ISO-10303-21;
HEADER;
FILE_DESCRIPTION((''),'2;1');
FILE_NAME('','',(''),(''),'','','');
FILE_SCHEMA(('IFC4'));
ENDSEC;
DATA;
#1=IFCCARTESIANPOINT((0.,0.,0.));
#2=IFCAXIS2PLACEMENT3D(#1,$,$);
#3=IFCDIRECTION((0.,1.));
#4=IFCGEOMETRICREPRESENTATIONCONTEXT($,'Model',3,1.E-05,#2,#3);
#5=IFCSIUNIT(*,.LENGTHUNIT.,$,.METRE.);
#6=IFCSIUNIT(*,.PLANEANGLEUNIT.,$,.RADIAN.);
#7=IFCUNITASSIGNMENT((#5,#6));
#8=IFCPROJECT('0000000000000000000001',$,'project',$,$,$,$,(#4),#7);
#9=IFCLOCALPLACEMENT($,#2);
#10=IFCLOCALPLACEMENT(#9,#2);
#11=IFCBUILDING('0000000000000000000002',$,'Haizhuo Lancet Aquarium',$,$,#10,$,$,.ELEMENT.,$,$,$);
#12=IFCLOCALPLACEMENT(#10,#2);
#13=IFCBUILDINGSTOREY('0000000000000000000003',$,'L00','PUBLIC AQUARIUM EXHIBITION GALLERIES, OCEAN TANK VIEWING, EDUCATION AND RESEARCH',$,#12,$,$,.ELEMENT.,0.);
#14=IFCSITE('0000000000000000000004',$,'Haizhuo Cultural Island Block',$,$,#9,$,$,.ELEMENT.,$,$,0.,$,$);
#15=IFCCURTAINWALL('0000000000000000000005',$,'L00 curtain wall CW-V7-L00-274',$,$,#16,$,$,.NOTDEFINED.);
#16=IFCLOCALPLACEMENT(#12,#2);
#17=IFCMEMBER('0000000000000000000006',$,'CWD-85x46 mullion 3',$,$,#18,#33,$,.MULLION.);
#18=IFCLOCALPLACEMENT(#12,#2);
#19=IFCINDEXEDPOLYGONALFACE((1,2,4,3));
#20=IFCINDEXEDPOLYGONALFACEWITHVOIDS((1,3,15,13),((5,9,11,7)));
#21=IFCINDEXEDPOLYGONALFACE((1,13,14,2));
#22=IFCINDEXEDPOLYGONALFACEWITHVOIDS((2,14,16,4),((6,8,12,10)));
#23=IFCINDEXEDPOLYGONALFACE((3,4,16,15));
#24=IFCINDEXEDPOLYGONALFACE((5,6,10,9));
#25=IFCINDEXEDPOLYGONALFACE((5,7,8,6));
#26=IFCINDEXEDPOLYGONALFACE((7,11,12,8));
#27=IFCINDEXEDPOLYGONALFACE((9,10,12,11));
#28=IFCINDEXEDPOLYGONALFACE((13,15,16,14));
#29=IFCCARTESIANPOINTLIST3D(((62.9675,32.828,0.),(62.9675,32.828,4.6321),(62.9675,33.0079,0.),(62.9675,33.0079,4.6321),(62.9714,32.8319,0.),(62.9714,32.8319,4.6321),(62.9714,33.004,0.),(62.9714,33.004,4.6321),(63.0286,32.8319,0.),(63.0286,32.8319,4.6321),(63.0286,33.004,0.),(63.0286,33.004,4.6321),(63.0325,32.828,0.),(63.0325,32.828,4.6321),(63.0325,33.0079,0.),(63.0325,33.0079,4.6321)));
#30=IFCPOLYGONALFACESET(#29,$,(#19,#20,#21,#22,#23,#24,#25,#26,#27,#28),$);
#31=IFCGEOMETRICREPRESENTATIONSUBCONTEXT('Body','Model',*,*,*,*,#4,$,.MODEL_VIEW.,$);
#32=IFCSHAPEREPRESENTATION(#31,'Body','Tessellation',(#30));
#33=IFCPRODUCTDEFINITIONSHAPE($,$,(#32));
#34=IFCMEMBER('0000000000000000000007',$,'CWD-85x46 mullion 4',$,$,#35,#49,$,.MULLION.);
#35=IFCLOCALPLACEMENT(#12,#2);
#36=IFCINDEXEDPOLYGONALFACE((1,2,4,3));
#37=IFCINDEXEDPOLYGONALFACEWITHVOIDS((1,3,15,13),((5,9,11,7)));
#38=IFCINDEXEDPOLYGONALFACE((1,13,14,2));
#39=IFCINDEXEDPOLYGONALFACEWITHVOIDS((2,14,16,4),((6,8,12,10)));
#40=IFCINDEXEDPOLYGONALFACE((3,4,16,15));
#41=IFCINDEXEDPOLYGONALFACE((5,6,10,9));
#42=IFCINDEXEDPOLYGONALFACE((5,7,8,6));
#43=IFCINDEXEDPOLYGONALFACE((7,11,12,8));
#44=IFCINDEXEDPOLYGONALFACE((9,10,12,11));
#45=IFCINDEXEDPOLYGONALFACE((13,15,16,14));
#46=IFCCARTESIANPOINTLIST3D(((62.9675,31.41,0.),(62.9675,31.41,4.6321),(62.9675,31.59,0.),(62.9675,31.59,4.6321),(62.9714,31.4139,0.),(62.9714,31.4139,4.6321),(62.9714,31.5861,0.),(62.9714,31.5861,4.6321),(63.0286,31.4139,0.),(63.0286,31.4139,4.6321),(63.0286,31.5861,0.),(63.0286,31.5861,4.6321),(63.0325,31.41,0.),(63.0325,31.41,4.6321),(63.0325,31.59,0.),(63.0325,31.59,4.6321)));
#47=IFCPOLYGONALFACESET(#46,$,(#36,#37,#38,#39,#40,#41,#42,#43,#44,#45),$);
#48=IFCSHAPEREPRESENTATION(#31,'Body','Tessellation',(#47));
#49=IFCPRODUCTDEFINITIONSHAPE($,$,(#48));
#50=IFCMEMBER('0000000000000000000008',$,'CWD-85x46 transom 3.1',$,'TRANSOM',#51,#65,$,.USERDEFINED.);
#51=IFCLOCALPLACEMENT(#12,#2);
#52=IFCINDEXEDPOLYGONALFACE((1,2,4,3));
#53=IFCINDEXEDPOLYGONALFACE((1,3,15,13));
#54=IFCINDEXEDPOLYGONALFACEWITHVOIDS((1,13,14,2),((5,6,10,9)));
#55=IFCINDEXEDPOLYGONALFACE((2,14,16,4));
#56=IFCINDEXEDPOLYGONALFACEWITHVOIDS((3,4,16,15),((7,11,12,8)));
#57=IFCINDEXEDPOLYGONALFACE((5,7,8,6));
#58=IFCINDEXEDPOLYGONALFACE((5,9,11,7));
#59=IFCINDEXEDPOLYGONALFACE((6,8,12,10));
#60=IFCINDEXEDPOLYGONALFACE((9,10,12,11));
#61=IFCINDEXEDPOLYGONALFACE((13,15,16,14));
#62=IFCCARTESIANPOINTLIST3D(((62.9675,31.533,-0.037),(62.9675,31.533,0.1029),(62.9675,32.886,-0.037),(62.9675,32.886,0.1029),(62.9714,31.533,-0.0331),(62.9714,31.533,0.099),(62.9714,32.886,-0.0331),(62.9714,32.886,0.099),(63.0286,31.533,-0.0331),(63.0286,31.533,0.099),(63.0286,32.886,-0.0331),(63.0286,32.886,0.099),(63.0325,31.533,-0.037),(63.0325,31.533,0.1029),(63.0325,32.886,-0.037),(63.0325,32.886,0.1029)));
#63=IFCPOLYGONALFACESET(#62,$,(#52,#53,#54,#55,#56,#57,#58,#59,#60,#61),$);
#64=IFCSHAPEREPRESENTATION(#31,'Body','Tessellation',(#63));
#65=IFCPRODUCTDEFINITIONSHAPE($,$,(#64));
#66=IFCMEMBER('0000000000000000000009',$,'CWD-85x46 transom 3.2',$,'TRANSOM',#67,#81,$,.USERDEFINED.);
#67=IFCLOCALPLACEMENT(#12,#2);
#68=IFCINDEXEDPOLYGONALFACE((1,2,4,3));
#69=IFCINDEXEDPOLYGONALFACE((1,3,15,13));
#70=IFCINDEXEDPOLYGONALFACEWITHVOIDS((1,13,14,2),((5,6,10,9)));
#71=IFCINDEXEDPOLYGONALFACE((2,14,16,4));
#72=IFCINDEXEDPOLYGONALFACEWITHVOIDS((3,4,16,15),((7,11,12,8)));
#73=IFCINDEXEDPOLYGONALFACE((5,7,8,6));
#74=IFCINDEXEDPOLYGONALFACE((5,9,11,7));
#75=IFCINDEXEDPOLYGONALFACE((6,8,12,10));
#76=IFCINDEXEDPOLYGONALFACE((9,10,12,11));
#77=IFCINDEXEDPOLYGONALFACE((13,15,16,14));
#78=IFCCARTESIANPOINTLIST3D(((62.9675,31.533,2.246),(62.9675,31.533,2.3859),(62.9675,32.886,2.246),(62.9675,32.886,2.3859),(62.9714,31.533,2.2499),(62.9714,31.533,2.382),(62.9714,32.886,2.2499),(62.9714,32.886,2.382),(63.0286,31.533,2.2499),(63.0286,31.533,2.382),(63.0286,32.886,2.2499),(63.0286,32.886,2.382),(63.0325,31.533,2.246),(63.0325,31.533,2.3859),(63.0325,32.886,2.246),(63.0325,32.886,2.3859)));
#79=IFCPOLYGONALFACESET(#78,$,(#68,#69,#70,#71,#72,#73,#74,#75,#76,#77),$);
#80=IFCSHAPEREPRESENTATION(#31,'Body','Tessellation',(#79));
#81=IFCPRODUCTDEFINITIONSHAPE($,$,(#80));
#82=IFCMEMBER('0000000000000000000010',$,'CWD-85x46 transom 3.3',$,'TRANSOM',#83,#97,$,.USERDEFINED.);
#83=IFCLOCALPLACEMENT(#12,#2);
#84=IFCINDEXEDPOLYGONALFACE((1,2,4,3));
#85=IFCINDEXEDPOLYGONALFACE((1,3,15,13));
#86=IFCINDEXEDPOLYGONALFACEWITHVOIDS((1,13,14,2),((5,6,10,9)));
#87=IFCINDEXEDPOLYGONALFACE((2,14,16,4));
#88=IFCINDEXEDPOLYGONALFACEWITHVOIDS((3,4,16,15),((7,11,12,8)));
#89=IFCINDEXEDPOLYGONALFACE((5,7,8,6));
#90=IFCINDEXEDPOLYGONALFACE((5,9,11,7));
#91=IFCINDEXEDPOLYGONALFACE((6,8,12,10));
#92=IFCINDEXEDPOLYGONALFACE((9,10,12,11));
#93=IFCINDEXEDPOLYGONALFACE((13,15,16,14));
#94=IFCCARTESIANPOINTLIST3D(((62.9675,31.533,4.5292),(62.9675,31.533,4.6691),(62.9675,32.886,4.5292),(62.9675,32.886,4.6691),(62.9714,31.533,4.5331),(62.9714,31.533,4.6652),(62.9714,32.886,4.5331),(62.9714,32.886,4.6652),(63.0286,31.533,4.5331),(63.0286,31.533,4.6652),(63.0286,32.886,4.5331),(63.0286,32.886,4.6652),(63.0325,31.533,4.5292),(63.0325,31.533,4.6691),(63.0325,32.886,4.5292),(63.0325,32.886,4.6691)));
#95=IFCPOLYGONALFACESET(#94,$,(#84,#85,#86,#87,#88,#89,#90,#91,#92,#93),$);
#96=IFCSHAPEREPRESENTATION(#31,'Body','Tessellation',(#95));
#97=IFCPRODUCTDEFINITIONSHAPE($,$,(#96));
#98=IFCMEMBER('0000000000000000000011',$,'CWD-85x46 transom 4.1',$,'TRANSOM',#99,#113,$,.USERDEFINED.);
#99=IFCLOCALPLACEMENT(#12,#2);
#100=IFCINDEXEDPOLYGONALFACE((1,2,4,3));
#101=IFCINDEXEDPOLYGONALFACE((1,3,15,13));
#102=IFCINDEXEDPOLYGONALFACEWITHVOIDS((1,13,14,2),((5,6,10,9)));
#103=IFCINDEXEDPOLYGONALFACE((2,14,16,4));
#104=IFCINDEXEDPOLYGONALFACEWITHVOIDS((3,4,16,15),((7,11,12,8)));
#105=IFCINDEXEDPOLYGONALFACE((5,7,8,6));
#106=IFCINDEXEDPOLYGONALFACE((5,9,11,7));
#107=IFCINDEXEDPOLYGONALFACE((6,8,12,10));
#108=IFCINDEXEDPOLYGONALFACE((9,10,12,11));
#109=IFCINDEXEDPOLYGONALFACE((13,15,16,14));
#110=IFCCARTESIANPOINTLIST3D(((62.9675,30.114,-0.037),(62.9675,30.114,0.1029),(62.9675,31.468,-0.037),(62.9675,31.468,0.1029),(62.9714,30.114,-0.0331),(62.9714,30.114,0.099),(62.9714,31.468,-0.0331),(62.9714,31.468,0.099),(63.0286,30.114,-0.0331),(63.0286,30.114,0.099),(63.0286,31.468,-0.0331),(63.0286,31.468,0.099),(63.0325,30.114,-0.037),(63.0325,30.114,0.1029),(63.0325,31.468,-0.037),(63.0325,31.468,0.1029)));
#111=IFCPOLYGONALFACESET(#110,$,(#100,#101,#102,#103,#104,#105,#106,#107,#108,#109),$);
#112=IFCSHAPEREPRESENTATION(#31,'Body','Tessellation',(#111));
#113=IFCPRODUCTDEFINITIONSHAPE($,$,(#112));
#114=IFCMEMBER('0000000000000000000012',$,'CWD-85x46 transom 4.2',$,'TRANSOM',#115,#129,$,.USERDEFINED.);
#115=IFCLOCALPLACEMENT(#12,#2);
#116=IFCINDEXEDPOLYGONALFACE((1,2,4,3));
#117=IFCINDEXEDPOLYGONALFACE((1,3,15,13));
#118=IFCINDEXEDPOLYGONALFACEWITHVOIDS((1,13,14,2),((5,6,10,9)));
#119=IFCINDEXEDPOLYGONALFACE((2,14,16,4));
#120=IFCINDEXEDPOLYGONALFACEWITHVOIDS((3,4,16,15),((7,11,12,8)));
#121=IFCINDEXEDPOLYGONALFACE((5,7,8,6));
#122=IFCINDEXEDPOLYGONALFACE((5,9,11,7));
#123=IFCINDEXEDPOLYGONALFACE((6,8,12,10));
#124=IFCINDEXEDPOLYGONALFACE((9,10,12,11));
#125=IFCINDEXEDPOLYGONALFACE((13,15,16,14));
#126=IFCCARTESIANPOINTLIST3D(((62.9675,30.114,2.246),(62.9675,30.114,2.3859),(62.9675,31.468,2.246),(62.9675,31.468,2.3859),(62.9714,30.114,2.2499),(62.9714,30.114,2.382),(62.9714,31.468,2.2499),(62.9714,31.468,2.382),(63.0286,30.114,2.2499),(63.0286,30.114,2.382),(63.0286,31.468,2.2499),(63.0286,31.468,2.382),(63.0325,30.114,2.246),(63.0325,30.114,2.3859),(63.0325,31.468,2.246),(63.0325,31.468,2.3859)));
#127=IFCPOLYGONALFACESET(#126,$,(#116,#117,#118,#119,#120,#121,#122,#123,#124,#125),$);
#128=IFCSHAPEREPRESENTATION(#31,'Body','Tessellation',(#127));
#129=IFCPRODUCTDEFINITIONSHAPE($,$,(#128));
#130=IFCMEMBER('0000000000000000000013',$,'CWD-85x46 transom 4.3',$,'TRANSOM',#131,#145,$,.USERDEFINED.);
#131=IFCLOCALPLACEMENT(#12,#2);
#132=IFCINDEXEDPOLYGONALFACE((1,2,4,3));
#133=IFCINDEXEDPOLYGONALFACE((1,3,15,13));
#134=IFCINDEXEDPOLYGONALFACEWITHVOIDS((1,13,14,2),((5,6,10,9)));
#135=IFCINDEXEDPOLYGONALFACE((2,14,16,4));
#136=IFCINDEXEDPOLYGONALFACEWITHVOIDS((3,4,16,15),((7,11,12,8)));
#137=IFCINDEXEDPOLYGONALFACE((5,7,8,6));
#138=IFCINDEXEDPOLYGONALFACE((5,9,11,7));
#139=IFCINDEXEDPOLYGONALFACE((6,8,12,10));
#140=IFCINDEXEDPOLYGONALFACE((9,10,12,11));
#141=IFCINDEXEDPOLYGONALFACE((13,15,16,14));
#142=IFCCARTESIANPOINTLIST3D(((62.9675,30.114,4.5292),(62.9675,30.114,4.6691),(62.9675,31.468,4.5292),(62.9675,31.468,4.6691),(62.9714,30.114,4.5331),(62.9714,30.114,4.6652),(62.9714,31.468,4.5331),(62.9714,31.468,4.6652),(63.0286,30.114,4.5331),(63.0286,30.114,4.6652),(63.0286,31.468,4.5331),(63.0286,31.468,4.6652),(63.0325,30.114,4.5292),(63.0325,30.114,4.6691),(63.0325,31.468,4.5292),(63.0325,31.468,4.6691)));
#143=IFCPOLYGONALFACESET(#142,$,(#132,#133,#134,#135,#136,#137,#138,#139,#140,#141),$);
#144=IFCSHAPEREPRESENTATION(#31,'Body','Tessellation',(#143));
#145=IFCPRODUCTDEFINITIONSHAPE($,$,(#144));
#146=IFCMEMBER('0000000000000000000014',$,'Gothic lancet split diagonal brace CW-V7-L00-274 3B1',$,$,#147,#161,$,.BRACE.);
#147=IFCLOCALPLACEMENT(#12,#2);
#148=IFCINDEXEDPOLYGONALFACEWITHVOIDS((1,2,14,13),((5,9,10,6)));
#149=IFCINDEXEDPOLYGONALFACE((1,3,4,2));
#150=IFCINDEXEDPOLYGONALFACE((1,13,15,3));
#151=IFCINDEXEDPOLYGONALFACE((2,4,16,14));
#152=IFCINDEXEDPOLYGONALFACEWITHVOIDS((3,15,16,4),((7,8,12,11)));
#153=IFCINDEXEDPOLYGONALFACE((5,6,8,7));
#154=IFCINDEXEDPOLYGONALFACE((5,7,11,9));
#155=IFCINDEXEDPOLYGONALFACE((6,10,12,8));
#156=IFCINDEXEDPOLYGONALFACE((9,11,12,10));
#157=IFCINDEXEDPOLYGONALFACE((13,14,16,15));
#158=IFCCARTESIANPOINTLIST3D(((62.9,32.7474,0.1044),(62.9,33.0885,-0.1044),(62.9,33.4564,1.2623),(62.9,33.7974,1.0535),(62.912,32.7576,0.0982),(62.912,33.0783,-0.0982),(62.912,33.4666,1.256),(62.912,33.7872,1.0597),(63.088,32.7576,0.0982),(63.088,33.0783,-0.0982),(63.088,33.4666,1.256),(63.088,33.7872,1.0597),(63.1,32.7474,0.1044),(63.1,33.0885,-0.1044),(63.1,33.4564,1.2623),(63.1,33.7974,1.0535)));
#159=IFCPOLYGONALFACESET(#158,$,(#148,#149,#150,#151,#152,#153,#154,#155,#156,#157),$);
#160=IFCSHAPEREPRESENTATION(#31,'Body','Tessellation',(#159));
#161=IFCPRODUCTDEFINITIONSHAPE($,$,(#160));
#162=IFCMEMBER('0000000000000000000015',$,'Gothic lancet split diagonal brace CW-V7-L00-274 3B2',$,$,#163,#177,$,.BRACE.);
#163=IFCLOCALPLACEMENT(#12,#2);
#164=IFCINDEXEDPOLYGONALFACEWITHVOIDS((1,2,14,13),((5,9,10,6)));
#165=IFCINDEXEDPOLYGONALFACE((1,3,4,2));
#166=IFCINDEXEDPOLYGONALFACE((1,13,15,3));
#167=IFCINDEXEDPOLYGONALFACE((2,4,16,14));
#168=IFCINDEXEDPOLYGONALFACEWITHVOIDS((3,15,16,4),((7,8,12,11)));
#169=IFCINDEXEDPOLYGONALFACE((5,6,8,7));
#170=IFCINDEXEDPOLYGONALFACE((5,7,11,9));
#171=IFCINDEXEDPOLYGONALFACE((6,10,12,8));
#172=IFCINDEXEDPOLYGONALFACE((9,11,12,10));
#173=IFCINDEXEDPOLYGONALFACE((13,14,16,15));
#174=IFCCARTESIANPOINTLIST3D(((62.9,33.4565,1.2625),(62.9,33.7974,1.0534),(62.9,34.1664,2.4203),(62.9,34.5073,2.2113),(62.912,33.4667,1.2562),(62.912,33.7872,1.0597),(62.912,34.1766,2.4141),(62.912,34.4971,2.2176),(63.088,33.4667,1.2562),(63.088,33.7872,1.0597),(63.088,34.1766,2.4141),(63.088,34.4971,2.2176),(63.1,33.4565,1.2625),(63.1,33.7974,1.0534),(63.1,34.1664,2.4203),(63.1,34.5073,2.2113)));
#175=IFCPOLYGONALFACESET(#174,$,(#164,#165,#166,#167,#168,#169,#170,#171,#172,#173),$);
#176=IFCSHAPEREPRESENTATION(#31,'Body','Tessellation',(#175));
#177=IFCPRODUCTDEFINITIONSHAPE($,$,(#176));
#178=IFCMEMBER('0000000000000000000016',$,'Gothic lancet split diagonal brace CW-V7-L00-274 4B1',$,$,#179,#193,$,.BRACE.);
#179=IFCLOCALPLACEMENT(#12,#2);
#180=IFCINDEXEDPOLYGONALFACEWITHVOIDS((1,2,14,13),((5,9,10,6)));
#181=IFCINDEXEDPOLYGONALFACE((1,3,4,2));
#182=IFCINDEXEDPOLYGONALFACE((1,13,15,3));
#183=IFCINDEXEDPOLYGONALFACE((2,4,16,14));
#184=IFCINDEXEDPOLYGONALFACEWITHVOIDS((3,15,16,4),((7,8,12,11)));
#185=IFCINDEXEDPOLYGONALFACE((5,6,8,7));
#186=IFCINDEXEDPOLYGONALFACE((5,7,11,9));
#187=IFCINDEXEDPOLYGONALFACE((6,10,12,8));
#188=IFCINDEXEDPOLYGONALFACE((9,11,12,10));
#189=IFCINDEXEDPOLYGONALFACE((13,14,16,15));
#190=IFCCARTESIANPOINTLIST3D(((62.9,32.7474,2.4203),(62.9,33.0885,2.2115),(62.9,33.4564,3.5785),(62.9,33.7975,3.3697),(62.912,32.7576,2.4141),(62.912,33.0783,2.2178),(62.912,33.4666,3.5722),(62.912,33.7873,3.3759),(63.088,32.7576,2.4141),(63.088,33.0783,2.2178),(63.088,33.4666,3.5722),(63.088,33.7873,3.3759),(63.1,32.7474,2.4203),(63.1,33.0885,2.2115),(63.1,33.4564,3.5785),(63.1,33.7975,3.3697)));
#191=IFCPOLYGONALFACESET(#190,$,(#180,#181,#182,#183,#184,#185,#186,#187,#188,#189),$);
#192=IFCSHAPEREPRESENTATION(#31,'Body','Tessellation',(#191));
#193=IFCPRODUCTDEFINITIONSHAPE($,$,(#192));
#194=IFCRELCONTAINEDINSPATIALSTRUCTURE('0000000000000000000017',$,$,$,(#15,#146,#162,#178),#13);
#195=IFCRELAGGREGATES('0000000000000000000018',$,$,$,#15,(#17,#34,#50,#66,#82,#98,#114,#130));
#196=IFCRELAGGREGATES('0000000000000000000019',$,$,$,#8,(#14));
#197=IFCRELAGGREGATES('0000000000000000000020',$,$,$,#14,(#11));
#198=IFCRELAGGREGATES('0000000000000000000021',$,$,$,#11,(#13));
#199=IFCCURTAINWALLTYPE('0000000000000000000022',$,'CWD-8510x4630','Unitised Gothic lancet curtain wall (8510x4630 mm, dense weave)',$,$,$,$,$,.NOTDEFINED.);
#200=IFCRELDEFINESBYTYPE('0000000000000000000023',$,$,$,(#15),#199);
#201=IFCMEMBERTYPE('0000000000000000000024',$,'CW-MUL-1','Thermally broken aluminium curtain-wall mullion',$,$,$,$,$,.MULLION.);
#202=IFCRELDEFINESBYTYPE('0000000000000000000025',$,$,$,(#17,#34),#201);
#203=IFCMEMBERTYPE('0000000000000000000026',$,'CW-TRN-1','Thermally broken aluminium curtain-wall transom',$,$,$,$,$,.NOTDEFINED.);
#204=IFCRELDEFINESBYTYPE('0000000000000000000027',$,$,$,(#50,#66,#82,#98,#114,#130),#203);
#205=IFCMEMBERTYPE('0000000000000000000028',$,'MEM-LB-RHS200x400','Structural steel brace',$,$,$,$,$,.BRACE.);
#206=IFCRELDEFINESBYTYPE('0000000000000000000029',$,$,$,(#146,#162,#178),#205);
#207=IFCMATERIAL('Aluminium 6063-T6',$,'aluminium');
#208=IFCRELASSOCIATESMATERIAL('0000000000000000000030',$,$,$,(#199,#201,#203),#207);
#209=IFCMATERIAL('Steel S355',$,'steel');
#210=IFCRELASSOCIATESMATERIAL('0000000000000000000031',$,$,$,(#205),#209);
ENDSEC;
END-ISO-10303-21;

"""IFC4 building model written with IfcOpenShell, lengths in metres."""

from ifc_helpers import new_model, si_unit, direction, frame, origin, origin_2d, place, context, subcontext, project, spatial, hollow_rectangle, extrude, material, material_profile, profile_set, type_object, element, aggregate, save


model = new_model("IFC4")

# Units and contexts
model_context = context("Model", 3, precision=1e-05, world=origin(), true_north=direction((0.0, 1.0)))
body_context = subcontext(model_context, "Body", "Model", "MODEL_VIEW")
ifc_project = project(units=[si_unit("LENGTHUNIT", "METRE"), si_unit("PLANEANGLEUNIT", "RADIAN")], contexts=[model_context])

# Site, building, storey
site_placement = place(None, origin())
site = spatial("IfcSite", under=ifc_project, at=site_placement, Name="Haizhuo Cultural Island Block", CompositionType="ELEMENT", RefElevation=0.0)
building_placement = place(site_placement, origin())
building = spatial("IfcBuilding", under=site, at=building_placement, Name="Haizhuo Lancet Aquarium", CompositionType="ELEMENT")
storey_placement = place(building_placement, origin())
storey = spatial("IfcBuildingStorey", under=building, at=storey_placement, Name="L00", Description="PUBLIC AQUARIUM EXHIBITION GALLERIES, OCEAN TANK VIEWING, EDUCATION AND RESEARCH", CompositionType="ELEMENT", Elevation=0.0)

# Curtain wall, members
ifc_material_1 = material(Name="Aluminium 6063-T6", Category="aluminium")
curtain_wall_type = type_object("IfcCurtainWallType", Name="CWD-8510x4630", Description="Unitised Gothic lancet curtain wall (8510x4630 mm, dense weave)", PredefinedType="NOTDEFINED", material=ifc_material_1)
curtain_wall_placement = place(storey_placement, origin())
curtain_wall = element("IfcCurtainWall", 1, at=curtain_wall_placement, inside=storey, type_object=curtain_wall_type, Name="L00 curtain wall CW-V7-L00-274", PredefinedType="NOTDEFINED")
ifc_material_profile_1 = material_profile(ifc_material_1, hollow_rectangle(XDim=0.0649, YDim=0.1799, WallThickness=0.0039, at=origin_2d()), Name="ALU-M 65x180x4")
ifc_profile_set_1 = profile_set([ifc_material_profile_1], Name="Aluminium 6063-T6")
member_type_1 = type_object("IfcMemberType", Name="CW-MUL-1", Description="Thermally broken aluminium curtain-wall mullion", PredefinedType="MULLION", material=ifc_profile_set_1)
member_1_placement = place(storey_placement, frame((63.0, 32.918, 0.0), z_axis=(0.0, 0.0, 1.0), x_axis=(1.0, 0.0, 0.0)))
member_1 = element("IfcMember", 2, at=member_1_placement, type_object=member_type_1, Name="CWD-85x46 mullion 3", PredefinedType="MULLION", context=body_context, shape_type="SweptSolid", body=[
    extrude(hollow_rectangle(XDim=0.0649, YDim=0.1799, WallThickness=0.0039, at=origin_2d()), origin(), (0.0, 0.0, 1.0), 4.6321),
])
member_2_placement = place(storey_placement, frame((63.0, 31.5, 0.0), z_axis=(0.0, 0.0, 1.0), x_axis=(1.0, 0.0, 0.0)))
member_2 = element("IfcMember", 3, at=member_2_placement, type_object=member_type_1, Name="CWD-85x46 mullion 4", PredefinedType="MULLION", context=body_context, shape_type="SweptSolid", body=[
    extrude(hollow_rectangle(XDim=0.0649, YDim=0.1799, WallThickness=0.0039, at=origin_2d()), origin(), (0.0, 0.0, 1.0), 4.6321),
])
ifc_material_profile_2 = material_profile(ifc_material_1, hollow_rectangle(XDim=0.0649, YDim=0.1399, WallThickness=0.0039, at=origin_2d()), Name="ALU-T 65x140x4")
ifc_profile_set_2 = profile_set([ifc_material_profile_2], Name="Aluminium 6063-T6")
member_type_2 = type_object("IfcMemberType", Name="CW-TRN-1", Description="Thermally broken aluminium curtain-wall transom", PredefinedType="NOTDEFINED", material=ifc_profile_set_2)
member_3_placement = place(storey_placement, frame((63.0, 32.886, 0.033), z_axis=(0.0, -1.0, 0.0), x_axis=(1.0, 0.0, 0.0)))
member_3 = element("IfcMember", 4, at=member_3_placement, type_object=member_type_2, Name="CWD-85x46 transom 3.1", ObjectType="TRANSOM", PredefinedType="USERDEFINED", context=body_context, shape_type="SweptSolid", body=[
    extrude(hollow_rectangle(XDim=0.0649, YDim=0.1399, WallThickness=0.0039, at=origin_2d()), origin(), (0.0, 0.0, 1.0), 1.353),
])
member_4_placement = place(storey_placement, frame((63.0, 32.886, 2.3159), z_axis=(0.0, -1.0, 0.0), x_axis=(1.0, 0.0, 0.0)))
member_4 = element("IfcMember", 5, at=member_4_placement, type_object=member_type_2, Name="CWD-85x46 transom 3.2", ObjectType="TRANSOM", PredefinedType="USERDEFINED", context=body_context, shape_type="SweptSolid", body=[
    extrude(hollow_rectangle(XDim=0.0649, YDim=0.1399, WallThickness=0.0039, at=origin_2d()), origin(), (0.0, 0.0, 1.0), 1.353),
])
member_5_placement = place(storey_placement, frame((63.0, 32.886, 4.5991), z_axis=(0.0, -1.0, 0.0), x_axis=(1.0, 0.0, 0.0)))
member_5 = element("IfcMember", 6, at=member_5_placement, type_object=member_type_2, Name="CWD-85x46 transom 3.3", ObjectType="TRANSOM", PredefinedType="USERDEFINED", context=body_context, shape_type="SweptSolid", body=[
    extrude(hollow_rectangle(XDim=0.0649, YDim=0.1399, WallThickness=0.0039, at=origin_2d()), origin(), (0.0, 0.0, 1.0), 1.353),
])
member_6_placement = place(storey_placement, frame((63.0, 31.468, 0.033), z_axis=(0.0, -1.0, 0.0), x_axis=(1.0, 0.0, 0.0)))
member_6 = element("IfcMember", 7, at=member_6_placement, type_object=member_type_2, Name="CWD-85x46 transom 4.1", ObjectType="TRANSOM", PredefinedType="USERDEFINED", context=body_context, shape_type="SweptSolid", body=[
    extrude(hollow_rectangle(XDim=0.0649, YDim=0.1399, WallThickness=0.0039, at=origin_2d()), origin(), (0.0, 0.0, 1.0), 1.354),
])
member_7_placement = place(storey_placement, frame((63.0, 31.468, 2.3159), z_axis=(0.0, -1.0, 0.0), x_axis=(1.0, 0.0, 0.0)))
member_7 = element("IfcMember", 8, at=member_7_placement, type_object=member_type_2, Name="CWD-85x46 transom 4.2", ObjectType="TRANSOM", PredefinedType="USERDEFINED", context=body_context, shape_type="SweptSolid", body=[
    extrude(hollow_rectangle(XDim=0.0649, YDim=0.1399, WallThickness=0.0039, at=origin_2d()), origin(), (0.0, 0.0, 1.0), 1.354),
])
member_8_placement = place(storey_placement, frame((63.0, 31.468, 4.5991), z_axis=(0.0, -1.0, 0.0), x_axis=(1.0, 0.0, 0.0)))
member_8 = element("IfcMember", 9, at=member_8_placement, type_object=member_type_2, Name="CWD-85x46 transom 4.3", ObjectType="TRANSOM", PredefinedType="USERDEFINED", context=body_context, shape_type="SweptSolid", body=[
    extrude(hollow_rectangle(XDim=0.0649, YDim=0.1399, WallThickness=0.0039, at=origin_2d()), origin(), (0.0, 0.0, 1.0), 1.354),
])

# Members
ifc_material_2 = material(Name="Steel S355", Category="steel")
ifc_material_profile_3 = material_profile(ifc_material_2, hollow_rectangle(XDim=0.2, YDim=0.3999, WallThickness=0.012, at=origin_2d()), Name="RHS 200x400x12")
ifc_profile_set_3 = profile_set([ifc_material_profile_3], Name="Steel S355")
member_type_3 = type_object("IfcMemberType", Name="MEM-LB-RHS200x400", Description="Structural steel brace", PredefinedType="BRACE", material=ifc_profile_set_3)
member_9_placement = place(storey_placement, frame((63.0, 32.918, 0.0), z_axis=(0.0, 0.52217, 0.852841), x_axis=(-1.0, 0.0, 0.0)))
element("IfcMember", 10, at=member_9_placement, inside=storey, type_object=member_type_3, Name="Gothic lancet split diagonal brace CW-V7-L00-274 3B1", PredefinedType="BRACE", context=body_context, shape_type="SweptSolid", body=[
    extrude(hollow_rectangle(XDim=0.2, YDim=0.3999, WallThickness=0.012, at=origin_2d()), origin(), (0.0, 0.0, 1.0), 1.3577),
])
member_10_placement = place(storey_placement, frame((63.0, 33.627, 1.158), z_axis=(0.0, 0.522693, 0.852521), x_axis=(-1.0, 0.0, 0.0)))
element("IfcMember", 11, at=member_10_placement, inside=storey, type_object=member_type_3, Name="Gothic lancet split diagonal brace CW-V7-L00-274 3B2", PredefinedType="BRACE", context=body_context, shape_type="SweptSolid", body=[
    extrude(hollow_rectangle(XDim=0.2, YDim=0.3999, WallThickness=0.012, at=origin_2d()), origin(), (0.0, 0.0, 1.0), 1.3582),
])
member_11_placement = place(storey_placement, frame((63.0, 32.918, 2.3159), z_axis=(0.0, 0.52209, 0.852891), x_axis=(-1.0, 0.0, 0.0)))
element("IfcMember", 12, at=member_11_placement, inside=storey, type_object=member_type_3, Name="Gothic lancet split diagonal brace CW-V7-L00-274 4B1", PredefinedType="BRACE", context=body_context, shape_type="SweptSolid", body=[
    extrude(hollow_rectangle(XDim=0.2, YDim=0.3999, WallThickness=0.012, at=origin_2d()), origin(), (0.0, 0.0, 1.0), 1.3579),
])

aggregate(curtain_wall, [member_1, member_2, member_3, member_4, member_5, member_6, member_7, member_8])

save(model, "model.ifc")
